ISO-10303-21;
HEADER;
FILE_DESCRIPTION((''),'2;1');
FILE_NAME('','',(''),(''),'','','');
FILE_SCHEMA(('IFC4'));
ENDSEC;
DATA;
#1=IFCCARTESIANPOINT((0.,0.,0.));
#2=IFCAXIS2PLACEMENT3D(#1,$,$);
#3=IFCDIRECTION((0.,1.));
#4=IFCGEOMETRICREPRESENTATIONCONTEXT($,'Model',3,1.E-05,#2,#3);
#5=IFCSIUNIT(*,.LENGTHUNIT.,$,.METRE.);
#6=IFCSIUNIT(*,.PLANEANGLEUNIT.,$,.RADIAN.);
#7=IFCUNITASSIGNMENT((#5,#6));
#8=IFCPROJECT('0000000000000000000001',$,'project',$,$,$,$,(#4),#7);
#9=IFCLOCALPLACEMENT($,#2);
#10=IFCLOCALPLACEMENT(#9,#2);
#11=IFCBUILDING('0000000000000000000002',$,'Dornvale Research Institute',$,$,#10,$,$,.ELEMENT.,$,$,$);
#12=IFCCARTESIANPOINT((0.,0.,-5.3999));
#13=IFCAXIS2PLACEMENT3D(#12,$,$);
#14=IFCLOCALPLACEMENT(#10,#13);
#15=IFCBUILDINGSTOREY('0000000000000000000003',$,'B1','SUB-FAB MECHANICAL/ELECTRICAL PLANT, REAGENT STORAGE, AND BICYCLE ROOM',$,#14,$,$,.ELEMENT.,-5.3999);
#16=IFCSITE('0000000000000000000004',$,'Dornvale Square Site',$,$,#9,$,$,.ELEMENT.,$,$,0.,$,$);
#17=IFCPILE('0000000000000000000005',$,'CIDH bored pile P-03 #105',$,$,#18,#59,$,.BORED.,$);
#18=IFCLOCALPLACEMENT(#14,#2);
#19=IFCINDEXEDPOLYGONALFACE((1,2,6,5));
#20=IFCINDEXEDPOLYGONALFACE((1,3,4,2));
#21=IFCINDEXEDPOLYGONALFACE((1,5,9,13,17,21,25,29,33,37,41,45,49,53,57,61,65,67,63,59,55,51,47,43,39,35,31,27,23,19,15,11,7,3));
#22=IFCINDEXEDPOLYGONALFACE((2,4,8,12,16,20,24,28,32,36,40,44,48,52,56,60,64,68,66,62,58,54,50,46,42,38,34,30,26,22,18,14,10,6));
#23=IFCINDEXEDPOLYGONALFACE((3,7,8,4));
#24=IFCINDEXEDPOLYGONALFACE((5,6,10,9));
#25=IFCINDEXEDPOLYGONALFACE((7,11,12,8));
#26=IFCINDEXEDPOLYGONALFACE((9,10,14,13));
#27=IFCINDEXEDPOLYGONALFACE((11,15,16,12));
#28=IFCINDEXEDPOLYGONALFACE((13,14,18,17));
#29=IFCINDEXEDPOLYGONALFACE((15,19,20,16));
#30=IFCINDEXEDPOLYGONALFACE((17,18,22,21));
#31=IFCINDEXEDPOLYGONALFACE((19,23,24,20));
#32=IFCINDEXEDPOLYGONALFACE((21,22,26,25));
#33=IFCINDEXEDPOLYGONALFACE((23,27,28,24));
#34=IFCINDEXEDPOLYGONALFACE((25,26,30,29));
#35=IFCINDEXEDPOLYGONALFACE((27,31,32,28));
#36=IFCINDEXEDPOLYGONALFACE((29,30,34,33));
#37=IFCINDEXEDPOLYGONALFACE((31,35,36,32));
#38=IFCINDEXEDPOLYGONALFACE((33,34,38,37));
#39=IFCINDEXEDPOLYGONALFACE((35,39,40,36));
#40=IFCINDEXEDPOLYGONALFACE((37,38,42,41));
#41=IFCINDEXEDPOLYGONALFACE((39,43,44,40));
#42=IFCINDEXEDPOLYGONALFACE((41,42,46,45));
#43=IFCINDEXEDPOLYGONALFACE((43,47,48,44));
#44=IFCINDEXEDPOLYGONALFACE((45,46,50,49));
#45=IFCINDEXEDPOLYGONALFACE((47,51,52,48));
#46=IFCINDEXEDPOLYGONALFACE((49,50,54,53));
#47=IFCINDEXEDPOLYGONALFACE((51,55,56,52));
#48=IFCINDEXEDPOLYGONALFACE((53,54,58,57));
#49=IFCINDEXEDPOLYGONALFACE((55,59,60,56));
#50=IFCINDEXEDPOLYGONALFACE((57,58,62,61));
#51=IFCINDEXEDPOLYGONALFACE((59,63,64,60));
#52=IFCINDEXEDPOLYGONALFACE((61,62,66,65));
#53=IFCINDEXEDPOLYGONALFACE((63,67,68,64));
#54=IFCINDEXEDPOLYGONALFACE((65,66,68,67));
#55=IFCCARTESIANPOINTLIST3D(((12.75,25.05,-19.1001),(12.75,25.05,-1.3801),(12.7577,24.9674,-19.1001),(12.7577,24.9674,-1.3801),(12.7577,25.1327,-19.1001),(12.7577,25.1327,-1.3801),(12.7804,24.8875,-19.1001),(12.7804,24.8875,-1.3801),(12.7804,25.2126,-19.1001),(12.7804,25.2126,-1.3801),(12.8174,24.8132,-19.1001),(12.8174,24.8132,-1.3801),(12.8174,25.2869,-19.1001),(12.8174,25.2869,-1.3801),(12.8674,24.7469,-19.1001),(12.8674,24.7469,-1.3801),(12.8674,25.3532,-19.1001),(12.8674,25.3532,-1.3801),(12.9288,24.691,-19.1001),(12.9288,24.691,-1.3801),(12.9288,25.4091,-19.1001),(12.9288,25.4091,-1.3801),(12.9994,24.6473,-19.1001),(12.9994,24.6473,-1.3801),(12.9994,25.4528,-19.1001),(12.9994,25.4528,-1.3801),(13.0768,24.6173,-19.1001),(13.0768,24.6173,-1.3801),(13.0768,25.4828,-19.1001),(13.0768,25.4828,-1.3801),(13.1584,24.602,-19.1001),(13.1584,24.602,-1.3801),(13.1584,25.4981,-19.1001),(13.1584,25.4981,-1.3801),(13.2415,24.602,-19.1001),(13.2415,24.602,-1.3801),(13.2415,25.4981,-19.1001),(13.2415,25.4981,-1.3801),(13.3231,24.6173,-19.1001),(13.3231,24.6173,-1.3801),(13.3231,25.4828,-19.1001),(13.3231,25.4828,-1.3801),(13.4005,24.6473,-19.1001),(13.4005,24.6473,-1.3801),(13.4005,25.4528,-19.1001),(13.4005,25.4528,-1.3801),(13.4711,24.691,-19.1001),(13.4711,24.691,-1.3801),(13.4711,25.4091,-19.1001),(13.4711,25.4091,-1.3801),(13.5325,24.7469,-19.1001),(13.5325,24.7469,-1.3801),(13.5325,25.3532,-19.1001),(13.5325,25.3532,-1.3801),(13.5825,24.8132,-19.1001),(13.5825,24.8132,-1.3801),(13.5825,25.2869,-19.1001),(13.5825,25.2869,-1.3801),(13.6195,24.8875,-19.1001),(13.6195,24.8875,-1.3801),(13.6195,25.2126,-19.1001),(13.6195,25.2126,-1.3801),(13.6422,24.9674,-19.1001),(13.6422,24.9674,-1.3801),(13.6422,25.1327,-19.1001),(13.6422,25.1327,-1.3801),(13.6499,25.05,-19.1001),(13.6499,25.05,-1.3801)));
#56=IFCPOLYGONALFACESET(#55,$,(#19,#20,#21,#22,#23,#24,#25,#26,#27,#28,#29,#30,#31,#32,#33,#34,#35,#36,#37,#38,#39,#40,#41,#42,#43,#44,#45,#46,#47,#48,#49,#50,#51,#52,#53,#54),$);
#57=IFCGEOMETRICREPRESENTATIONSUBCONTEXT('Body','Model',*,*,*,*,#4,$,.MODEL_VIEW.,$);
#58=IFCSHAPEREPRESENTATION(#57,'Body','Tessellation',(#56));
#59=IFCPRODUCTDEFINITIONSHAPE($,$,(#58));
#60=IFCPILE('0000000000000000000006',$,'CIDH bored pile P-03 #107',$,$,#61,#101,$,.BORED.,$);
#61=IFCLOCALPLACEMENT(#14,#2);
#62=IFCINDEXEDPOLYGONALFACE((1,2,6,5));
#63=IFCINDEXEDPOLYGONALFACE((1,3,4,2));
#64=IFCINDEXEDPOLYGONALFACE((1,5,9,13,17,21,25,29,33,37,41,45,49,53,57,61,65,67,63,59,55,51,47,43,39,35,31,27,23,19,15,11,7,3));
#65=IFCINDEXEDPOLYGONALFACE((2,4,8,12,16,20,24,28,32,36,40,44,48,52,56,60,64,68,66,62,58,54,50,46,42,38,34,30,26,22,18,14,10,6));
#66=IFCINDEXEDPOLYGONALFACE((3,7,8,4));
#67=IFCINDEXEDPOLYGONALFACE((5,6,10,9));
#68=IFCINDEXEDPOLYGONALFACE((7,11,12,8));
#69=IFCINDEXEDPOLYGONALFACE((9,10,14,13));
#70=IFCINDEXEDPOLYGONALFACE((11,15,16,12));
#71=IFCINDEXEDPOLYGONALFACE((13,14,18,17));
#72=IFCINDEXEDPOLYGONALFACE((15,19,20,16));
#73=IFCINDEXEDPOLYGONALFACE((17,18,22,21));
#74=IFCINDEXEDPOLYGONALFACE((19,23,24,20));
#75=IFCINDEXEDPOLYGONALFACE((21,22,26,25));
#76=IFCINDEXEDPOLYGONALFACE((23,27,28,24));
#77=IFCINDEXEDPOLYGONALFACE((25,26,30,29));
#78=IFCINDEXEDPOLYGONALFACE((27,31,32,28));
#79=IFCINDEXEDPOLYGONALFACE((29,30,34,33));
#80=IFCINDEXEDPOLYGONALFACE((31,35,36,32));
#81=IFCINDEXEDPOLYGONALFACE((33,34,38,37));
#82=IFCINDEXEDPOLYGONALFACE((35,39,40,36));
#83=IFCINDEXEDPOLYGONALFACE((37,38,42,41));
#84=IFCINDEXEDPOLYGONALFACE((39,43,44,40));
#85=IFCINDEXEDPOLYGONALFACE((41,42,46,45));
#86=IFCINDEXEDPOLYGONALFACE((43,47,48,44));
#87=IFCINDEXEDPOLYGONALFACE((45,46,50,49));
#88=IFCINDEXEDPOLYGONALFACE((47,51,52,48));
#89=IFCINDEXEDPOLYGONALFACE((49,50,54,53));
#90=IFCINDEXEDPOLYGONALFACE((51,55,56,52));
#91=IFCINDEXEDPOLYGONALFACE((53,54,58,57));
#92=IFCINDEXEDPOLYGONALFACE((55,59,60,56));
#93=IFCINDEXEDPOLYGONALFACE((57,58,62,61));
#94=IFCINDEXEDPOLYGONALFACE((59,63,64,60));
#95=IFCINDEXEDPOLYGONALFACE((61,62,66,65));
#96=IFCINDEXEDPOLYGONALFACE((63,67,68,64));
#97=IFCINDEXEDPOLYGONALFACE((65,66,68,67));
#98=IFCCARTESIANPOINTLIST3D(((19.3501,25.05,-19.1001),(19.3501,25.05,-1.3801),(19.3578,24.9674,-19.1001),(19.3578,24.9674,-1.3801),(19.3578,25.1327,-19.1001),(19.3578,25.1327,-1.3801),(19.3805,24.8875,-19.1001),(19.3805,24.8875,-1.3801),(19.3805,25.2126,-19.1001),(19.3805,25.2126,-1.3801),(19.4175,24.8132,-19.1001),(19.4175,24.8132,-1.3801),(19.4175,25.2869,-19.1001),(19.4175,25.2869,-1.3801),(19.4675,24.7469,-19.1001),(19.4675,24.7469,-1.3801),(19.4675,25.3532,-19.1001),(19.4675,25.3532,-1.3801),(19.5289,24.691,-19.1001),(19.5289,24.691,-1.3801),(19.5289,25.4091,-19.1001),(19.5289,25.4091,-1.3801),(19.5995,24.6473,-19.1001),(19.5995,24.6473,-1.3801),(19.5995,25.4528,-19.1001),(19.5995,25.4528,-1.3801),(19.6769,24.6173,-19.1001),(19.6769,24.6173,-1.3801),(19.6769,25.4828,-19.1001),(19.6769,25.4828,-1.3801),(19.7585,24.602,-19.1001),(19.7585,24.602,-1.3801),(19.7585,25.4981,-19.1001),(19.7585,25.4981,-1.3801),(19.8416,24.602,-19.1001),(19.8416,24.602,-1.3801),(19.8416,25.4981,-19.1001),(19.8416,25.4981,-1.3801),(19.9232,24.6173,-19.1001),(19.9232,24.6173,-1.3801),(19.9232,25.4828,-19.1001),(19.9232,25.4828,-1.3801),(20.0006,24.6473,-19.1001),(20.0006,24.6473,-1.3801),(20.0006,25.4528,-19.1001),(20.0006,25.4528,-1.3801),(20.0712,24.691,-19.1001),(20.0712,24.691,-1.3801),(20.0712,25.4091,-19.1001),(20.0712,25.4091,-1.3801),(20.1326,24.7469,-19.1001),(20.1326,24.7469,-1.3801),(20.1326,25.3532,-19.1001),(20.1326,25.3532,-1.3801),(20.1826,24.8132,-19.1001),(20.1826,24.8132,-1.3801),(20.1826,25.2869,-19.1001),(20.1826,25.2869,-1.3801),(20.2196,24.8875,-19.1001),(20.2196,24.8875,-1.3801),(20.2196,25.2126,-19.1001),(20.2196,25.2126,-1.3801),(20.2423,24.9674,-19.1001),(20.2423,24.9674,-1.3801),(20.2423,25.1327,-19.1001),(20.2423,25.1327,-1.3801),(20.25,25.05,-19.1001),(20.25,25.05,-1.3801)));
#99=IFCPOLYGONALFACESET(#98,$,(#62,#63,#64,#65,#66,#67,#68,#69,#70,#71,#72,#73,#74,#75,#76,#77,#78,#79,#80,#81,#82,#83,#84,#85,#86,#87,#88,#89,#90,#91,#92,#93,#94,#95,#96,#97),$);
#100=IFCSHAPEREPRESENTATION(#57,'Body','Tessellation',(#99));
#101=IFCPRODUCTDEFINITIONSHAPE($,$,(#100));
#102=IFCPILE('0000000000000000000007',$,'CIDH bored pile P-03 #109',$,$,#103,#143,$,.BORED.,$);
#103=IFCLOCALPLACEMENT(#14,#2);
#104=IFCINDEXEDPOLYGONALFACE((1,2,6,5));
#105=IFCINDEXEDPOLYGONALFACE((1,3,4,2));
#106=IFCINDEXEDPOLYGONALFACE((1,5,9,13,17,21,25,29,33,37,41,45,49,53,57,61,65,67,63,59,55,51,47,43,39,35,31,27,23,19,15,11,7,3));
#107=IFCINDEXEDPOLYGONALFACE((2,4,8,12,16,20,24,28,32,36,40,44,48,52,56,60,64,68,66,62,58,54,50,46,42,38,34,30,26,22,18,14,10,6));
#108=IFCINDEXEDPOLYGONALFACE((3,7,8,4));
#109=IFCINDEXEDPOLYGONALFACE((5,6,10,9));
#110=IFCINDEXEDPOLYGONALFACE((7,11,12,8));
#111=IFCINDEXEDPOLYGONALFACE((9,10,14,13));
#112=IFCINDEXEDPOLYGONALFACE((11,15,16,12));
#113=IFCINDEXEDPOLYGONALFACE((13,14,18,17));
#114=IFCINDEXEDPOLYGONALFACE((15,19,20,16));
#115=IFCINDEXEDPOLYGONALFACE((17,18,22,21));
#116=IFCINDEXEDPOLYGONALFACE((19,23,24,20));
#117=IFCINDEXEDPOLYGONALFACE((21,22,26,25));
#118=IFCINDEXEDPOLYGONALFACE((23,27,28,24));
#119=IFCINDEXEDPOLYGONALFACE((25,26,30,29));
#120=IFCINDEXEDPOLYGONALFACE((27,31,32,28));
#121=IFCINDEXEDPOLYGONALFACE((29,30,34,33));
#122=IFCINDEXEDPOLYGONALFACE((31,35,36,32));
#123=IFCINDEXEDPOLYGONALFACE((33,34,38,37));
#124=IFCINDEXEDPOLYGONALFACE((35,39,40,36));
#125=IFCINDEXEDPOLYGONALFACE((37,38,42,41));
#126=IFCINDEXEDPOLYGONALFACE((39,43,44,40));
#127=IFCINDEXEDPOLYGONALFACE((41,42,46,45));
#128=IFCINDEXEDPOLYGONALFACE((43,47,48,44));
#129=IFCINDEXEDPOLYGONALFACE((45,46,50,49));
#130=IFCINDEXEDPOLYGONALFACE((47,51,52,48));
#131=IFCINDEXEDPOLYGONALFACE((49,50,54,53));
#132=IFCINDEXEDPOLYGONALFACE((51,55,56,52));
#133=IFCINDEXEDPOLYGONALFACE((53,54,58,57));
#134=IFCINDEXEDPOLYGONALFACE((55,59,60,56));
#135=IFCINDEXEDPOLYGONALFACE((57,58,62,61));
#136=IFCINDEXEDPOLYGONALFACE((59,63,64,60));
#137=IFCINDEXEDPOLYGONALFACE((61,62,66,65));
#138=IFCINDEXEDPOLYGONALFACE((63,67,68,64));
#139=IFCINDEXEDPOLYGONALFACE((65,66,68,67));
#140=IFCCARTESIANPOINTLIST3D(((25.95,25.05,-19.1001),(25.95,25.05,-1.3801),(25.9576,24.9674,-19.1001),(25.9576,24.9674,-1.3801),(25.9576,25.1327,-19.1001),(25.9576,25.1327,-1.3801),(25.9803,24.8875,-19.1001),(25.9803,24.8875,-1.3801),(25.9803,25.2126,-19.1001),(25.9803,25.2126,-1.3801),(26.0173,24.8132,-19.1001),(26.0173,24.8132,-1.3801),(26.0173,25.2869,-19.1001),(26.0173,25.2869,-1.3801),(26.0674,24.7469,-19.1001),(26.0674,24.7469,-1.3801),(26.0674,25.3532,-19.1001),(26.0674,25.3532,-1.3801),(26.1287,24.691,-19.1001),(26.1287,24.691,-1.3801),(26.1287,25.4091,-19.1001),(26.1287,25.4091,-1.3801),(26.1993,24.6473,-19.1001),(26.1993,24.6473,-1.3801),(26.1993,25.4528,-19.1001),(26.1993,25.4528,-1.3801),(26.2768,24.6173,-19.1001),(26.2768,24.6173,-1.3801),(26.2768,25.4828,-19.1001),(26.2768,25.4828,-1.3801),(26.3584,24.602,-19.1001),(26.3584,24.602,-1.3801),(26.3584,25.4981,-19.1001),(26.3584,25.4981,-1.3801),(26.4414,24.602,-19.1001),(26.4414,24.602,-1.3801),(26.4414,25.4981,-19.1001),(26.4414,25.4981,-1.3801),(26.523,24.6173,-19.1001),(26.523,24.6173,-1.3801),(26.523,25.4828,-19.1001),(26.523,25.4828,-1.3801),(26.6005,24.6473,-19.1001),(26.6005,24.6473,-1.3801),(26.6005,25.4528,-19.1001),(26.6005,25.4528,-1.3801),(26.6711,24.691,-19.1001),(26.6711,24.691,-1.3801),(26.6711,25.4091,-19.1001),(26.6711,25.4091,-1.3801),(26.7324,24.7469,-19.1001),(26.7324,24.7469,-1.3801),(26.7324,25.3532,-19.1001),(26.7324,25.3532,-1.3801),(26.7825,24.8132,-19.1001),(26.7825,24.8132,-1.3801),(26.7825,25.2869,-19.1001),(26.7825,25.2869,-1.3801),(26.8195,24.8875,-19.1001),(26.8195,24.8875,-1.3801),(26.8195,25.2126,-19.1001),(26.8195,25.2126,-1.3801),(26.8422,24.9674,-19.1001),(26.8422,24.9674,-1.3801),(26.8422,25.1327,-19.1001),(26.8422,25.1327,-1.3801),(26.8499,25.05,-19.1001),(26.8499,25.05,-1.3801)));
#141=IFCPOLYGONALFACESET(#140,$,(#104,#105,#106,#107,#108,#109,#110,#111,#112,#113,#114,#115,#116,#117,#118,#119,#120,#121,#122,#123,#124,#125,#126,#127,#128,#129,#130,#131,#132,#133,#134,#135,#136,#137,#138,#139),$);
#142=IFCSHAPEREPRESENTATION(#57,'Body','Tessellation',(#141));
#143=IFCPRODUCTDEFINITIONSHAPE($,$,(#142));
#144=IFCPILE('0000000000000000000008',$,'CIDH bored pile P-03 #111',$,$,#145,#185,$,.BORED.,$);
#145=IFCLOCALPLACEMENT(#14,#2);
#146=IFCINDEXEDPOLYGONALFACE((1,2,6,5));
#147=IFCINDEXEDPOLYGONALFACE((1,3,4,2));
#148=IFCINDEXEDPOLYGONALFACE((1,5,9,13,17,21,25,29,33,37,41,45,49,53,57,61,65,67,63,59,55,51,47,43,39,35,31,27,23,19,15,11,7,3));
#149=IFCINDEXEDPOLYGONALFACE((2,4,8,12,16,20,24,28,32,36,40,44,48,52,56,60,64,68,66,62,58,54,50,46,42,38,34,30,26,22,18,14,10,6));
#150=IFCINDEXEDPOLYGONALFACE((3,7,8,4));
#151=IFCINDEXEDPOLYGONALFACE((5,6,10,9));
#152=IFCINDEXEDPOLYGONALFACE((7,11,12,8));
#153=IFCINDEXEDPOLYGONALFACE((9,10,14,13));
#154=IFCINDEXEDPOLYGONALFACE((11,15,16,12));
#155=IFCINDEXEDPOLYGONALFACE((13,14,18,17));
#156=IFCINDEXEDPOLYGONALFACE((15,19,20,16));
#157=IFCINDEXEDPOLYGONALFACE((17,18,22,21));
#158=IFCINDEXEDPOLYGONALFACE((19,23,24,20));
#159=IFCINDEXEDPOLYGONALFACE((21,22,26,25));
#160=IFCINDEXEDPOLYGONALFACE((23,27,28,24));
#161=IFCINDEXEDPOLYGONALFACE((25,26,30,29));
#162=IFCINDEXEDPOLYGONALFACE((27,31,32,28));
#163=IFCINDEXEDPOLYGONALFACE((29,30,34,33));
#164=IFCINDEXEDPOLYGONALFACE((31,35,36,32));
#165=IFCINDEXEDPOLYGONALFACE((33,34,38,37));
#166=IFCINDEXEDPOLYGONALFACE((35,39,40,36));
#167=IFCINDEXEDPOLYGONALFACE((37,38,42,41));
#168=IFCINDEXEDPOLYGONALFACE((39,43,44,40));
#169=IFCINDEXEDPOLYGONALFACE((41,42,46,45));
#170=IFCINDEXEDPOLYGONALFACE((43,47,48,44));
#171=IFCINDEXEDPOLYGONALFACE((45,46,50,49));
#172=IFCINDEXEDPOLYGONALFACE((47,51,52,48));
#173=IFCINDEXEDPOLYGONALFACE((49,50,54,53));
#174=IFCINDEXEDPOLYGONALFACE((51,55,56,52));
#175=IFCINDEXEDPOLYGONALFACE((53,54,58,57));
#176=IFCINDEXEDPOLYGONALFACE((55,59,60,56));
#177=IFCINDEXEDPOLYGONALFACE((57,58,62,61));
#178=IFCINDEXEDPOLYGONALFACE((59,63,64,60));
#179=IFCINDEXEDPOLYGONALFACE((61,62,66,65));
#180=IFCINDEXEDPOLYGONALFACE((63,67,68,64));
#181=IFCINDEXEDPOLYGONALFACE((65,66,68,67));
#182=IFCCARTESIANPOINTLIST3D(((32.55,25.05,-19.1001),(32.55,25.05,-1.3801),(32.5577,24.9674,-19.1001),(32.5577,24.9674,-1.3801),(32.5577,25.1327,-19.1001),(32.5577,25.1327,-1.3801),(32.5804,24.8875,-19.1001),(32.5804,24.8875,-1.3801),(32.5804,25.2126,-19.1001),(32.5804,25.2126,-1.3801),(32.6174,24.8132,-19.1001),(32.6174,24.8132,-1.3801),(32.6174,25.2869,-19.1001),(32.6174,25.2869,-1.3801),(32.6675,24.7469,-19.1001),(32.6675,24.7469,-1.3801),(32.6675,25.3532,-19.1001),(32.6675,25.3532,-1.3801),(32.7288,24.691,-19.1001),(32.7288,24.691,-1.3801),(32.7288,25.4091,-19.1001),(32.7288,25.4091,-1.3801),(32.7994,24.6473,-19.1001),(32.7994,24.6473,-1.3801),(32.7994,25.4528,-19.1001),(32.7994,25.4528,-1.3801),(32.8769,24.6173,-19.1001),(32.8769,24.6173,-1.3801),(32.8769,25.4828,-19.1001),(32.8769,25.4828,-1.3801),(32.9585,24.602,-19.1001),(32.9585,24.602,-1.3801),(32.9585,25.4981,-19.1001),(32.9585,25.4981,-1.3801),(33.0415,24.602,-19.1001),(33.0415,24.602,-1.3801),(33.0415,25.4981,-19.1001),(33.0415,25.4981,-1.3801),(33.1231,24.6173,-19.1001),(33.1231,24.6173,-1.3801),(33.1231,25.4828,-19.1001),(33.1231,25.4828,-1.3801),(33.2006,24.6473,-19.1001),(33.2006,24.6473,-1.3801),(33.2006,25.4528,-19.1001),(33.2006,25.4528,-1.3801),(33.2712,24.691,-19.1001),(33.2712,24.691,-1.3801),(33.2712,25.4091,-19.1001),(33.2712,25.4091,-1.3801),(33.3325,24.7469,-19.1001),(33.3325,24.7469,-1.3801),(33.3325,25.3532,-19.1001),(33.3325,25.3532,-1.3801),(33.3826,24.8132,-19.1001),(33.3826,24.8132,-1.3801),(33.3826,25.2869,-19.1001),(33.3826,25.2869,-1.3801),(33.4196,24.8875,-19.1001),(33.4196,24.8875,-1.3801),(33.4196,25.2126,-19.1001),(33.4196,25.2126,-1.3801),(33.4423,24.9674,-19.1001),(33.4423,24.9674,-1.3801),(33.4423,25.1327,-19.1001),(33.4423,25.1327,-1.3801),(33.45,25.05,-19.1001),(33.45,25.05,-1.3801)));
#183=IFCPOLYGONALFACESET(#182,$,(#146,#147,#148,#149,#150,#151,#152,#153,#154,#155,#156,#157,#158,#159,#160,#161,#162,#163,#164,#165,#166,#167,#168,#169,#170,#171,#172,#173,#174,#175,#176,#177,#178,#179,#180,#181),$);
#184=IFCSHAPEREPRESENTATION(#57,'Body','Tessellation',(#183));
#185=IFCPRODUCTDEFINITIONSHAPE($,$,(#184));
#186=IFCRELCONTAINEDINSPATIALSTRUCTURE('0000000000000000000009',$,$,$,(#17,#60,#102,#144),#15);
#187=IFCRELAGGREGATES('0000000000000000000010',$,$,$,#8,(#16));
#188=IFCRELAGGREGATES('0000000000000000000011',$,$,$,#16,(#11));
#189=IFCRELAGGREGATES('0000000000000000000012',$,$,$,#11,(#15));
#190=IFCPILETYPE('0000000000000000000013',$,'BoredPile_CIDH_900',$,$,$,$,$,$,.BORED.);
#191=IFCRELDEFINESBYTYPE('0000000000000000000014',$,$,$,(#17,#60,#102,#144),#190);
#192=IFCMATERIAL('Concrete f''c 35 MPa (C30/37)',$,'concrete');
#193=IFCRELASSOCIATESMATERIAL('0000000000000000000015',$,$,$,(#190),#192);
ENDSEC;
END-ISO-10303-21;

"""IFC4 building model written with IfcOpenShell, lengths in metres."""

from ifc_helpers import new_model, si_unit, direction, frame, origin, origin_2d, place, context, subcontext, project, spatial, circle, extrude, material, material_profile, profile_set, type_object, element, save


model = new_model("IFC4")

# Units and contexts
model_context = context("Model", 3, precision=1e-05, world=origin(), true_north=direction((0.0, 1.0)))
body_context = subcontext(model_context, "Body", "Model", "MODEL_VIEW")
ifc_project = project(units=[si_unit("LENGTHUNIT", "METRE"), si_unit("PLANEANGLEUNIT", "RADIAN")], contexts=[model_context])

# Site, building, storey
site_placement = place(None, origin())
site = spatial("IfcSite", under=ifc_project, at=site_placement, Name="Dornvale Square Site", CompositionType="ELEMENT", RefElevation=0.0)
building_placement = place(site_placement, origin())
building = spatial("IfcBuilding", under=site, at=building_placement, Name="Dornvale Research Institute", CompositionType="ELEMENT")
storey_placement = place(building_placement, frame((0.0, 0.0, -5.3999)))
storey = spatial("IfcBuildingStorey", under=building, at=storey_placement, Name="B1", Description="SUB-FAB MECHANICAL/ELECTRICAL PLANT, REAGENT STORAGE, AND BICYCLE ROOM", CompositionType="ELEMENT", Elevation=-5.3999)

# Piles
ifc_material_1 = material(Name="Concrete f'c 35 MPa (C30/37)", Category="concrete")
ifc_material_profile_1 = material_profile(ifc_material_1, circle(Radius=0.45, at=origin_2d()), Name="CIDH PILE D900")
ifc_profile_set_1 = profile_set([ifc_material_profile_1], Name="Concrete f'c 35 MPa (C30/37)")
pile_type = type_object("IfcPileType", Name="BoredPile_CIDH_900", PredefinedType="BORED", material=ifc_profile_set_1)
for number, where, z_axis, x_axis, name in (
    (1, (13.2, 25.05, -1.3801), (0.0, 0.0, -1.0), (1.0, 0.0, 0.0), "CIDH bored pile P-03 #105"),
    (2, (19.8, 25.05, -1.3801), (0.0, 0.0, -1.0), (1.0, 0.0, 0.0), "CIDH bored pile P-03 #107"),
    (3, (26.3999, 25.05, -1.3801), (0.0, 0.0, -1.0), (1.0, 0.0, 0.0), "CIDH bored pile P-03 #109"),
    (4, (33.0, 25.05, -1.3801), (0.0, 0.0, -1.0), (1.0, 0.0, 0.0), "CIDH bored pile P-03 #111"),
):
    element("IfcPile", number, at=place(storey_placement, frame(where, z_axis=z_axis, x_axis=x_axis)), inside=storey, type_object=pile_type, Name=name, PredefinedType="BORED", context=body_context, shape_type="SweptSolid", body=[
        extrude(circle(Radius=0.45, at=origin_2d()), origin(), (0.0, 0.0, 1.0), 17.72),
    ])

save(model, "model.ifc")
